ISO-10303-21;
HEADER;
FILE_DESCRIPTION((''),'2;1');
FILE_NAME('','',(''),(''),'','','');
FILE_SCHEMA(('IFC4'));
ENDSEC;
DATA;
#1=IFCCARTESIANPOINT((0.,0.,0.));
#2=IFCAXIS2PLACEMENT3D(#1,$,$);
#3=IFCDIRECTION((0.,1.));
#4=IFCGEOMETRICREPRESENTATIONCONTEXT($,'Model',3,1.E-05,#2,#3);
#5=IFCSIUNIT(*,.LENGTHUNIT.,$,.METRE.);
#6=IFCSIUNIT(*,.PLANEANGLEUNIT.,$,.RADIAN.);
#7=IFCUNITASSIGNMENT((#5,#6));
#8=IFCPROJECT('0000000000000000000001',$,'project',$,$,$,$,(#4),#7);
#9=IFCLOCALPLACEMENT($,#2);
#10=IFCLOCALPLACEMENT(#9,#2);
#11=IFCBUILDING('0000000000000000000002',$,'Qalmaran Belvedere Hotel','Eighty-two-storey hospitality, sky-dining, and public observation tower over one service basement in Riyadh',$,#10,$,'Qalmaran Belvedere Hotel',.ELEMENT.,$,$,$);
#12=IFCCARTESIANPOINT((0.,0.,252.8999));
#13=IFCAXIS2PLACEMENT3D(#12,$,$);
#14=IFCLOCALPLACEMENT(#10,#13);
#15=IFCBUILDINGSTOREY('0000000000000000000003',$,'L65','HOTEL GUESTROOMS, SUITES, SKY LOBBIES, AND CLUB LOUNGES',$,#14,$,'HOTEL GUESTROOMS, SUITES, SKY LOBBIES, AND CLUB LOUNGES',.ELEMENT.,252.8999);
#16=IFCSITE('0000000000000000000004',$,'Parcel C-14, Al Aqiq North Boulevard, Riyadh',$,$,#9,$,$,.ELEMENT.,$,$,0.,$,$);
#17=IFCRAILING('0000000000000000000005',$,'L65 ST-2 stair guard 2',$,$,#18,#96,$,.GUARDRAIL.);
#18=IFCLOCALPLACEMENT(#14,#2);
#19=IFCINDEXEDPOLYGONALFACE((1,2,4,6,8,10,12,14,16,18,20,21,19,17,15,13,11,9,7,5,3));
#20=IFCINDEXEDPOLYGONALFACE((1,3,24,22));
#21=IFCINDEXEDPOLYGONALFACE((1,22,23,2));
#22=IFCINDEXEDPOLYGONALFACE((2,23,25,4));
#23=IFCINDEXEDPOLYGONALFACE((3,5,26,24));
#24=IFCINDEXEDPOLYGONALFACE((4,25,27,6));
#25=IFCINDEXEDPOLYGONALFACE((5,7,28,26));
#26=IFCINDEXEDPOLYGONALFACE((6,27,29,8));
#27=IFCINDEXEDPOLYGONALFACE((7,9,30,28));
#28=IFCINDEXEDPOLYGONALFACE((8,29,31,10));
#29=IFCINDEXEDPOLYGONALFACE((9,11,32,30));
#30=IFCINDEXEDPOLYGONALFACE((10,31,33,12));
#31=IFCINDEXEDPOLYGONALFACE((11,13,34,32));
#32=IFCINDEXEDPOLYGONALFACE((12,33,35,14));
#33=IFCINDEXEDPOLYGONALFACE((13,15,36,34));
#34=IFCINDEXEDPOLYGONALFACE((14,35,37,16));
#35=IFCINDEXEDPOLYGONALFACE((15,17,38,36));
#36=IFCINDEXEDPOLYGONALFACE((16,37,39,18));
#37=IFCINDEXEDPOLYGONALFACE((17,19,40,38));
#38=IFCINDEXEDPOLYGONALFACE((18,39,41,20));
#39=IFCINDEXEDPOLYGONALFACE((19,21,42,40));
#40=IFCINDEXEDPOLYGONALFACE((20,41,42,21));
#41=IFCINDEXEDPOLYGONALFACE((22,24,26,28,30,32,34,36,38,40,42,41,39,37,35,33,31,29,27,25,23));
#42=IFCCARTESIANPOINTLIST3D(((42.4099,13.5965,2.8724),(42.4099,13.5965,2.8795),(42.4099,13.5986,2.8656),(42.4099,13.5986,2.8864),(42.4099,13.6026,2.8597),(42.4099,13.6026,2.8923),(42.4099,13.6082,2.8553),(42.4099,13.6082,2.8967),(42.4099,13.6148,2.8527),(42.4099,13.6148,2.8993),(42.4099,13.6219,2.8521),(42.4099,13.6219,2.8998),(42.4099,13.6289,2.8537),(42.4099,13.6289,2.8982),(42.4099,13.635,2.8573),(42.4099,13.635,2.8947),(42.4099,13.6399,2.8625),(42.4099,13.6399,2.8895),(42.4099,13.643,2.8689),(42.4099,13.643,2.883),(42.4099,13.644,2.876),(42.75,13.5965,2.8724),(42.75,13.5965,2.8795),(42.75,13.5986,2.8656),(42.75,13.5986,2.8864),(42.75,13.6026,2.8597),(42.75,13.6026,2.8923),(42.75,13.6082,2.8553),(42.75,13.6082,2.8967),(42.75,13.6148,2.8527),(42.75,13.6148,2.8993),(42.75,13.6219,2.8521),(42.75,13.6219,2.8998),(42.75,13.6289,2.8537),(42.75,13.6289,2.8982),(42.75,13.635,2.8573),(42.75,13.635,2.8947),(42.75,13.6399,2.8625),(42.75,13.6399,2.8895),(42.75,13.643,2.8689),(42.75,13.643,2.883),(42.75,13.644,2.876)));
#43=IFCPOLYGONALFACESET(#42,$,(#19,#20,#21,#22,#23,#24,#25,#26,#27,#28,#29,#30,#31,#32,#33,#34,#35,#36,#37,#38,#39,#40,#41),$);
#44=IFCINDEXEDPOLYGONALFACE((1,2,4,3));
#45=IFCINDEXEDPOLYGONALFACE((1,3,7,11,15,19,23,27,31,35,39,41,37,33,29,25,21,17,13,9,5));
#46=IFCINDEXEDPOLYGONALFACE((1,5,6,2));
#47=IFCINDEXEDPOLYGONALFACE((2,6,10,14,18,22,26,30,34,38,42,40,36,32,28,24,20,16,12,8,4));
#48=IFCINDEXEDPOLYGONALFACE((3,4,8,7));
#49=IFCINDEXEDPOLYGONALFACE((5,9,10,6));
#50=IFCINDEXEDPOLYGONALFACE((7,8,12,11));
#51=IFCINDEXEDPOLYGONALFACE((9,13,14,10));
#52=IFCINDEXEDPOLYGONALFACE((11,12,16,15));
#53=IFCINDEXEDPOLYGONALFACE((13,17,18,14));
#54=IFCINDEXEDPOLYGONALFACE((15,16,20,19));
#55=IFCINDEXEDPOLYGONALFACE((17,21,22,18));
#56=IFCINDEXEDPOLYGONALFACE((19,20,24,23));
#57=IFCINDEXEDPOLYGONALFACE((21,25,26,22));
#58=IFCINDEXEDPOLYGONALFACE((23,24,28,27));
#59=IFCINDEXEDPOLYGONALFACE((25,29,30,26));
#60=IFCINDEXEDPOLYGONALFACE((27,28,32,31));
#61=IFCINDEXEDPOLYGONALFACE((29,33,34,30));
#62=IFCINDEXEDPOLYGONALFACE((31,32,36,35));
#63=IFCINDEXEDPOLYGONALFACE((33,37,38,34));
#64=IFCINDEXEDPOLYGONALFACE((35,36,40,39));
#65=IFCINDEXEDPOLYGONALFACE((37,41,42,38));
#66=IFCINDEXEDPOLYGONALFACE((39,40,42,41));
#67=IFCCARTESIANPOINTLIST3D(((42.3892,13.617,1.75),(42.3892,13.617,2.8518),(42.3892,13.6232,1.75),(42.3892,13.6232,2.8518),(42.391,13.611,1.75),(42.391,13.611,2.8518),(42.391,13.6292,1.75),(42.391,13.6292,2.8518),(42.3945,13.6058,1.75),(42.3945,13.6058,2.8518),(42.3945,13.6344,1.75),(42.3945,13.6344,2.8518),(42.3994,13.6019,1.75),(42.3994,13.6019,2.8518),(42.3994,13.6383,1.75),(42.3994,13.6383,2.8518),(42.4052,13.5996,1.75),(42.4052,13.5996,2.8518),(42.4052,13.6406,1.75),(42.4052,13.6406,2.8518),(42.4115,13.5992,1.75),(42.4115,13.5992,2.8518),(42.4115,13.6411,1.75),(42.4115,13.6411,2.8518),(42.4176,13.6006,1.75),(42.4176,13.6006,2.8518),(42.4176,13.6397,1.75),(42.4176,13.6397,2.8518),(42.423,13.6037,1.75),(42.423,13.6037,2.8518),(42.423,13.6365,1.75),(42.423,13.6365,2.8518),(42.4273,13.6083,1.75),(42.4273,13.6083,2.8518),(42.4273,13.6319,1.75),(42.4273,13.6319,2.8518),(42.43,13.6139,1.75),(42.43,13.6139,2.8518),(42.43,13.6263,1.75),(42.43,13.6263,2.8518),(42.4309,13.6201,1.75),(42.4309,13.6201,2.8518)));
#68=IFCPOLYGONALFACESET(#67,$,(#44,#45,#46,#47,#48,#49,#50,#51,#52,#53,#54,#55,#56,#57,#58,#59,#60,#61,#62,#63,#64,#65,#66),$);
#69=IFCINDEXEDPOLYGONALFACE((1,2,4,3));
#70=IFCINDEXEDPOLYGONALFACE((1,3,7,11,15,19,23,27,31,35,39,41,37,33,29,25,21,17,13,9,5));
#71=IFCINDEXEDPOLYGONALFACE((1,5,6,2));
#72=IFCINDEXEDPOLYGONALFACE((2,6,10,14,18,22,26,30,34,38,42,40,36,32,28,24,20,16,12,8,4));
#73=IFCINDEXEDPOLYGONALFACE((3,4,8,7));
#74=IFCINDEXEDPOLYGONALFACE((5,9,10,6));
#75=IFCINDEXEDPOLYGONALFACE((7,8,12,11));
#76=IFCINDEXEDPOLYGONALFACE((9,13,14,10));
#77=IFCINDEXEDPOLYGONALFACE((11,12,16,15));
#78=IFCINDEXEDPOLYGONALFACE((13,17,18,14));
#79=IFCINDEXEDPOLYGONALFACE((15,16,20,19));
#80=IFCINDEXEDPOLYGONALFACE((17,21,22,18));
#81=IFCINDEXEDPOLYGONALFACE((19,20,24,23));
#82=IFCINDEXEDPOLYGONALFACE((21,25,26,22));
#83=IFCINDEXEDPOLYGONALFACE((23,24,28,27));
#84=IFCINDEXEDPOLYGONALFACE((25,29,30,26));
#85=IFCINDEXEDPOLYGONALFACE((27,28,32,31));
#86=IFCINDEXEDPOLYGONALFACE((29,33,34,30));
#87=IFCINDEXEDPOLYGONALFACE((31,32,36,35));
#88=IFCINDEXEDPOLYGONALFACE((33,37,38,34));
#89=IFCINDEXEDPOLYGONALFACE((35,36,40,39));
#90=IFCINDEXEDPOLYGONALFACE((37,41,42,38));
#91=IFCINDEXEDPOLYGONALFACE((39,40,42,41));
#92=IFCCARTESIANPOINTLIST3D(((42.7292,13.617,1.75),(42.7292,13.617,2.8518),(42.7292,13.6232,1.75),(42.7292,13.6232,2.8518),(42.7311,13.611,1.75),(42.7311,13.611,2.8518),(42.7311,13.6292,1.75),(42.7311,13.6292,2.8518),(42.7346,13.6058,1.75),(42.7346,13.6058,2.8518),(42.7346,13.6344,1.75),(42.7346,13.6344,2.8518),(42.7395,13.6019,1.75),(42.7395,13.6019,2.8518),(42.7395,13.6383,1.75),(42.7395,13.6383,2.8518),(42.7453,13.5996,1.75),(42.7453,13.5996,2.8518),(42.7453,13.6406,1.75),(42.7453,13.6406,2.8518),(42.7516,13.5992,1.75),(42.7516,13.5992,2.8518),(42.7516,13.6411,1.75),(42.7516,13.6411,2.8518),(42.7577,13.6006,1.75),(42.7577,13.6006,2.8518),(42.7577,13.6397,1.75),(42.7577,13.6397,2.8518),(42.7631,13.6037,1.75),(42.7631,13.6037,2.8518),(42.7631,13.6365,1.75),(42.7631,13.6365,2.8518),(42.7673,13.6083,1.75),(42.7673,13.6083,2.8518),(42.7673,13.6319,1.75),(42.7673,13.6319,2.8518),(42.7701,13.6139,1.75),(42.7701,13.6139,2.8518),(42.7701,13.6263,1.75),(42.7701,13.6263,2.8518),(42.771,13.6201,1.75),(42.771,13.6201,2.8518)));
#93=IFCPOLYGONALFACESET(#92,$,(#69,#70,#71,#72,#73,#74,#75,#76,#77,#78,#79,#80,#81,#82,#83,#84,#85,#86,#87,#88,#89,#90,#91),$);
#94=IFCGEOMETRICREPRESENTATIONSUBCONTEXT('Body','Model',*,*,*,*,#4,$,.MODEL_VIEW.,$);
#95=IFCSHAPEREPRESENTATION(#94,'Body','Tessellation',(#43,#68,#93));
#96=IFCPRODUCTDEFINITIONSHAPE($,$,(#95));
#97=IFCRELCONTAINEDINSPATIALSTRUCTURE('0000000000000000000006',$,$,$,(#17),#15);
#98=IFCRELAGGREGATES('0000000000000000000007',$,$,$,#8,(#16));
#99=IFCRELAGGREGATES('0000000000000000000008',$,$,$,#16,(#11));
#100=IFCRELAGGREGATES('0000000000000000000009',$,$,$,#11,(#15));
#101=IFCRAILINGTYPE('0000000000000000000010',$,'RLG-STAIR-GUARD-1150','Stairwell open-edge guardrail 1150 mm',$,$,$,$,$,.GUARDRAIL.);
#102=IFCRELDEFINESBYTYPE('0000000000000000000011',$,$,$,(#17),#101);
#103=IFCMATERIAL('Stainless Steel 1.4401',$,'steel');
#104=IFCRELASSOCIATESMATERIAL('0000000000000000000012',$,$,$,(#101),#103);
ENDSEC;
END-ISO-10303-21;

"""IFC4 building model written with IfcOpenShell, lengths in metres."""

from ifc_helpers import new_model, si_unit, direction, frame, origin, origin_2d, place, context, subcontext, project, spatial, circle, extrude, material, type_object, element, save


model = new_model("IFC4")

# Units and contexts
model_context = context("Model", 3, precision=1e-05, world=origin(), true_north=direction((0.0, 1.0)))
body_context = subcontext(model_context, "Body", "Model", "MODEL_VIEW")
ifc_project = project(units=[si_unit("LENGTHUNIT", "METRE"), si_unit("PLANEANGLEUNIT", "RADIAN")], contexts=[model_context])

# Site, building, storey
site_placement = place(None, origin())
site = spatial("IfcSite", under=ifc_project, at=site_placement, Name="Parcel C-14, Al Aqiq North Boulevard, Riyadh", CompositionType="ELEMENT", RefElevation=0.0)
building_placement = place(site_placement, origin())
building = spatial("IfcBuilding", under=site, at=building_placement, Name="Qalmaran Belvedere Hotel", Description="Eighty-two-storey hospitality, sky-dining, and public observation tower over one service basement in Riyadh", LongName="Qalmaran Belvedere Hotel", CompositionType="ELEMENT")
storey_placement = place(building_placement, frame((0.0, 0.0, 252.8999)))
storey = spatial("IfcBuildingStorey", under=building, at=storey_placement, Name="L65", Description="HOTEL GUESTROOMS, SUITES, SKY LOBBIES, AND CLUB LOUNGES", LongName="HOTEL GUESTROOMS, SUITES, SKY LOBBIES, AND CLUB LOUNGES", CompositionType="ELEMENT", Elevation=252.8999)

# Railing
ifc_material_1 = material(Name="Stainless Steel 1.4401", Category="steel")
railing_type_1 = type_object("IfcRailingType", Name="RLG-STAIR-GUARD-1150", Description="Stairwell open-edge guardrail 1150 mm", PredefinedType="GUARDRAIL", material=ifc_material_1)
railing_1_placement = place(storey_placement, frame((42.4099, 13.6201, 1.75)))
element("IfcRailing", 1, at=railing_1_placement, inside=storey, type_object=railing_type_1, Name="L65 ST-2 stair guard 2", PredefinedType="GUARDRAIL", context=body_context, shape_type="SweptSolid", body=[
    extrude(circle(Radius=0.0239, at=origin_2d()), frame((0.0, 0.0, 1.126), z_axis=(1.0, 0.0, 0.0), x_axis=(0.0, 1.0, 0.0)), (0.0, 0.0, 1.0), 0.3401),
    extrude(circle(Radius=0.021, at=origin_2d()), origin(), (0.0, 0.0, 1.0), 1.1018),
    extrude(circle(Radius=0.021, at=origin_2d()), frame((0.3401, 0.0, 0.0)), (0.0, 0.0, 1.0), 1.1018),
])

save(model, "model.ifc")
